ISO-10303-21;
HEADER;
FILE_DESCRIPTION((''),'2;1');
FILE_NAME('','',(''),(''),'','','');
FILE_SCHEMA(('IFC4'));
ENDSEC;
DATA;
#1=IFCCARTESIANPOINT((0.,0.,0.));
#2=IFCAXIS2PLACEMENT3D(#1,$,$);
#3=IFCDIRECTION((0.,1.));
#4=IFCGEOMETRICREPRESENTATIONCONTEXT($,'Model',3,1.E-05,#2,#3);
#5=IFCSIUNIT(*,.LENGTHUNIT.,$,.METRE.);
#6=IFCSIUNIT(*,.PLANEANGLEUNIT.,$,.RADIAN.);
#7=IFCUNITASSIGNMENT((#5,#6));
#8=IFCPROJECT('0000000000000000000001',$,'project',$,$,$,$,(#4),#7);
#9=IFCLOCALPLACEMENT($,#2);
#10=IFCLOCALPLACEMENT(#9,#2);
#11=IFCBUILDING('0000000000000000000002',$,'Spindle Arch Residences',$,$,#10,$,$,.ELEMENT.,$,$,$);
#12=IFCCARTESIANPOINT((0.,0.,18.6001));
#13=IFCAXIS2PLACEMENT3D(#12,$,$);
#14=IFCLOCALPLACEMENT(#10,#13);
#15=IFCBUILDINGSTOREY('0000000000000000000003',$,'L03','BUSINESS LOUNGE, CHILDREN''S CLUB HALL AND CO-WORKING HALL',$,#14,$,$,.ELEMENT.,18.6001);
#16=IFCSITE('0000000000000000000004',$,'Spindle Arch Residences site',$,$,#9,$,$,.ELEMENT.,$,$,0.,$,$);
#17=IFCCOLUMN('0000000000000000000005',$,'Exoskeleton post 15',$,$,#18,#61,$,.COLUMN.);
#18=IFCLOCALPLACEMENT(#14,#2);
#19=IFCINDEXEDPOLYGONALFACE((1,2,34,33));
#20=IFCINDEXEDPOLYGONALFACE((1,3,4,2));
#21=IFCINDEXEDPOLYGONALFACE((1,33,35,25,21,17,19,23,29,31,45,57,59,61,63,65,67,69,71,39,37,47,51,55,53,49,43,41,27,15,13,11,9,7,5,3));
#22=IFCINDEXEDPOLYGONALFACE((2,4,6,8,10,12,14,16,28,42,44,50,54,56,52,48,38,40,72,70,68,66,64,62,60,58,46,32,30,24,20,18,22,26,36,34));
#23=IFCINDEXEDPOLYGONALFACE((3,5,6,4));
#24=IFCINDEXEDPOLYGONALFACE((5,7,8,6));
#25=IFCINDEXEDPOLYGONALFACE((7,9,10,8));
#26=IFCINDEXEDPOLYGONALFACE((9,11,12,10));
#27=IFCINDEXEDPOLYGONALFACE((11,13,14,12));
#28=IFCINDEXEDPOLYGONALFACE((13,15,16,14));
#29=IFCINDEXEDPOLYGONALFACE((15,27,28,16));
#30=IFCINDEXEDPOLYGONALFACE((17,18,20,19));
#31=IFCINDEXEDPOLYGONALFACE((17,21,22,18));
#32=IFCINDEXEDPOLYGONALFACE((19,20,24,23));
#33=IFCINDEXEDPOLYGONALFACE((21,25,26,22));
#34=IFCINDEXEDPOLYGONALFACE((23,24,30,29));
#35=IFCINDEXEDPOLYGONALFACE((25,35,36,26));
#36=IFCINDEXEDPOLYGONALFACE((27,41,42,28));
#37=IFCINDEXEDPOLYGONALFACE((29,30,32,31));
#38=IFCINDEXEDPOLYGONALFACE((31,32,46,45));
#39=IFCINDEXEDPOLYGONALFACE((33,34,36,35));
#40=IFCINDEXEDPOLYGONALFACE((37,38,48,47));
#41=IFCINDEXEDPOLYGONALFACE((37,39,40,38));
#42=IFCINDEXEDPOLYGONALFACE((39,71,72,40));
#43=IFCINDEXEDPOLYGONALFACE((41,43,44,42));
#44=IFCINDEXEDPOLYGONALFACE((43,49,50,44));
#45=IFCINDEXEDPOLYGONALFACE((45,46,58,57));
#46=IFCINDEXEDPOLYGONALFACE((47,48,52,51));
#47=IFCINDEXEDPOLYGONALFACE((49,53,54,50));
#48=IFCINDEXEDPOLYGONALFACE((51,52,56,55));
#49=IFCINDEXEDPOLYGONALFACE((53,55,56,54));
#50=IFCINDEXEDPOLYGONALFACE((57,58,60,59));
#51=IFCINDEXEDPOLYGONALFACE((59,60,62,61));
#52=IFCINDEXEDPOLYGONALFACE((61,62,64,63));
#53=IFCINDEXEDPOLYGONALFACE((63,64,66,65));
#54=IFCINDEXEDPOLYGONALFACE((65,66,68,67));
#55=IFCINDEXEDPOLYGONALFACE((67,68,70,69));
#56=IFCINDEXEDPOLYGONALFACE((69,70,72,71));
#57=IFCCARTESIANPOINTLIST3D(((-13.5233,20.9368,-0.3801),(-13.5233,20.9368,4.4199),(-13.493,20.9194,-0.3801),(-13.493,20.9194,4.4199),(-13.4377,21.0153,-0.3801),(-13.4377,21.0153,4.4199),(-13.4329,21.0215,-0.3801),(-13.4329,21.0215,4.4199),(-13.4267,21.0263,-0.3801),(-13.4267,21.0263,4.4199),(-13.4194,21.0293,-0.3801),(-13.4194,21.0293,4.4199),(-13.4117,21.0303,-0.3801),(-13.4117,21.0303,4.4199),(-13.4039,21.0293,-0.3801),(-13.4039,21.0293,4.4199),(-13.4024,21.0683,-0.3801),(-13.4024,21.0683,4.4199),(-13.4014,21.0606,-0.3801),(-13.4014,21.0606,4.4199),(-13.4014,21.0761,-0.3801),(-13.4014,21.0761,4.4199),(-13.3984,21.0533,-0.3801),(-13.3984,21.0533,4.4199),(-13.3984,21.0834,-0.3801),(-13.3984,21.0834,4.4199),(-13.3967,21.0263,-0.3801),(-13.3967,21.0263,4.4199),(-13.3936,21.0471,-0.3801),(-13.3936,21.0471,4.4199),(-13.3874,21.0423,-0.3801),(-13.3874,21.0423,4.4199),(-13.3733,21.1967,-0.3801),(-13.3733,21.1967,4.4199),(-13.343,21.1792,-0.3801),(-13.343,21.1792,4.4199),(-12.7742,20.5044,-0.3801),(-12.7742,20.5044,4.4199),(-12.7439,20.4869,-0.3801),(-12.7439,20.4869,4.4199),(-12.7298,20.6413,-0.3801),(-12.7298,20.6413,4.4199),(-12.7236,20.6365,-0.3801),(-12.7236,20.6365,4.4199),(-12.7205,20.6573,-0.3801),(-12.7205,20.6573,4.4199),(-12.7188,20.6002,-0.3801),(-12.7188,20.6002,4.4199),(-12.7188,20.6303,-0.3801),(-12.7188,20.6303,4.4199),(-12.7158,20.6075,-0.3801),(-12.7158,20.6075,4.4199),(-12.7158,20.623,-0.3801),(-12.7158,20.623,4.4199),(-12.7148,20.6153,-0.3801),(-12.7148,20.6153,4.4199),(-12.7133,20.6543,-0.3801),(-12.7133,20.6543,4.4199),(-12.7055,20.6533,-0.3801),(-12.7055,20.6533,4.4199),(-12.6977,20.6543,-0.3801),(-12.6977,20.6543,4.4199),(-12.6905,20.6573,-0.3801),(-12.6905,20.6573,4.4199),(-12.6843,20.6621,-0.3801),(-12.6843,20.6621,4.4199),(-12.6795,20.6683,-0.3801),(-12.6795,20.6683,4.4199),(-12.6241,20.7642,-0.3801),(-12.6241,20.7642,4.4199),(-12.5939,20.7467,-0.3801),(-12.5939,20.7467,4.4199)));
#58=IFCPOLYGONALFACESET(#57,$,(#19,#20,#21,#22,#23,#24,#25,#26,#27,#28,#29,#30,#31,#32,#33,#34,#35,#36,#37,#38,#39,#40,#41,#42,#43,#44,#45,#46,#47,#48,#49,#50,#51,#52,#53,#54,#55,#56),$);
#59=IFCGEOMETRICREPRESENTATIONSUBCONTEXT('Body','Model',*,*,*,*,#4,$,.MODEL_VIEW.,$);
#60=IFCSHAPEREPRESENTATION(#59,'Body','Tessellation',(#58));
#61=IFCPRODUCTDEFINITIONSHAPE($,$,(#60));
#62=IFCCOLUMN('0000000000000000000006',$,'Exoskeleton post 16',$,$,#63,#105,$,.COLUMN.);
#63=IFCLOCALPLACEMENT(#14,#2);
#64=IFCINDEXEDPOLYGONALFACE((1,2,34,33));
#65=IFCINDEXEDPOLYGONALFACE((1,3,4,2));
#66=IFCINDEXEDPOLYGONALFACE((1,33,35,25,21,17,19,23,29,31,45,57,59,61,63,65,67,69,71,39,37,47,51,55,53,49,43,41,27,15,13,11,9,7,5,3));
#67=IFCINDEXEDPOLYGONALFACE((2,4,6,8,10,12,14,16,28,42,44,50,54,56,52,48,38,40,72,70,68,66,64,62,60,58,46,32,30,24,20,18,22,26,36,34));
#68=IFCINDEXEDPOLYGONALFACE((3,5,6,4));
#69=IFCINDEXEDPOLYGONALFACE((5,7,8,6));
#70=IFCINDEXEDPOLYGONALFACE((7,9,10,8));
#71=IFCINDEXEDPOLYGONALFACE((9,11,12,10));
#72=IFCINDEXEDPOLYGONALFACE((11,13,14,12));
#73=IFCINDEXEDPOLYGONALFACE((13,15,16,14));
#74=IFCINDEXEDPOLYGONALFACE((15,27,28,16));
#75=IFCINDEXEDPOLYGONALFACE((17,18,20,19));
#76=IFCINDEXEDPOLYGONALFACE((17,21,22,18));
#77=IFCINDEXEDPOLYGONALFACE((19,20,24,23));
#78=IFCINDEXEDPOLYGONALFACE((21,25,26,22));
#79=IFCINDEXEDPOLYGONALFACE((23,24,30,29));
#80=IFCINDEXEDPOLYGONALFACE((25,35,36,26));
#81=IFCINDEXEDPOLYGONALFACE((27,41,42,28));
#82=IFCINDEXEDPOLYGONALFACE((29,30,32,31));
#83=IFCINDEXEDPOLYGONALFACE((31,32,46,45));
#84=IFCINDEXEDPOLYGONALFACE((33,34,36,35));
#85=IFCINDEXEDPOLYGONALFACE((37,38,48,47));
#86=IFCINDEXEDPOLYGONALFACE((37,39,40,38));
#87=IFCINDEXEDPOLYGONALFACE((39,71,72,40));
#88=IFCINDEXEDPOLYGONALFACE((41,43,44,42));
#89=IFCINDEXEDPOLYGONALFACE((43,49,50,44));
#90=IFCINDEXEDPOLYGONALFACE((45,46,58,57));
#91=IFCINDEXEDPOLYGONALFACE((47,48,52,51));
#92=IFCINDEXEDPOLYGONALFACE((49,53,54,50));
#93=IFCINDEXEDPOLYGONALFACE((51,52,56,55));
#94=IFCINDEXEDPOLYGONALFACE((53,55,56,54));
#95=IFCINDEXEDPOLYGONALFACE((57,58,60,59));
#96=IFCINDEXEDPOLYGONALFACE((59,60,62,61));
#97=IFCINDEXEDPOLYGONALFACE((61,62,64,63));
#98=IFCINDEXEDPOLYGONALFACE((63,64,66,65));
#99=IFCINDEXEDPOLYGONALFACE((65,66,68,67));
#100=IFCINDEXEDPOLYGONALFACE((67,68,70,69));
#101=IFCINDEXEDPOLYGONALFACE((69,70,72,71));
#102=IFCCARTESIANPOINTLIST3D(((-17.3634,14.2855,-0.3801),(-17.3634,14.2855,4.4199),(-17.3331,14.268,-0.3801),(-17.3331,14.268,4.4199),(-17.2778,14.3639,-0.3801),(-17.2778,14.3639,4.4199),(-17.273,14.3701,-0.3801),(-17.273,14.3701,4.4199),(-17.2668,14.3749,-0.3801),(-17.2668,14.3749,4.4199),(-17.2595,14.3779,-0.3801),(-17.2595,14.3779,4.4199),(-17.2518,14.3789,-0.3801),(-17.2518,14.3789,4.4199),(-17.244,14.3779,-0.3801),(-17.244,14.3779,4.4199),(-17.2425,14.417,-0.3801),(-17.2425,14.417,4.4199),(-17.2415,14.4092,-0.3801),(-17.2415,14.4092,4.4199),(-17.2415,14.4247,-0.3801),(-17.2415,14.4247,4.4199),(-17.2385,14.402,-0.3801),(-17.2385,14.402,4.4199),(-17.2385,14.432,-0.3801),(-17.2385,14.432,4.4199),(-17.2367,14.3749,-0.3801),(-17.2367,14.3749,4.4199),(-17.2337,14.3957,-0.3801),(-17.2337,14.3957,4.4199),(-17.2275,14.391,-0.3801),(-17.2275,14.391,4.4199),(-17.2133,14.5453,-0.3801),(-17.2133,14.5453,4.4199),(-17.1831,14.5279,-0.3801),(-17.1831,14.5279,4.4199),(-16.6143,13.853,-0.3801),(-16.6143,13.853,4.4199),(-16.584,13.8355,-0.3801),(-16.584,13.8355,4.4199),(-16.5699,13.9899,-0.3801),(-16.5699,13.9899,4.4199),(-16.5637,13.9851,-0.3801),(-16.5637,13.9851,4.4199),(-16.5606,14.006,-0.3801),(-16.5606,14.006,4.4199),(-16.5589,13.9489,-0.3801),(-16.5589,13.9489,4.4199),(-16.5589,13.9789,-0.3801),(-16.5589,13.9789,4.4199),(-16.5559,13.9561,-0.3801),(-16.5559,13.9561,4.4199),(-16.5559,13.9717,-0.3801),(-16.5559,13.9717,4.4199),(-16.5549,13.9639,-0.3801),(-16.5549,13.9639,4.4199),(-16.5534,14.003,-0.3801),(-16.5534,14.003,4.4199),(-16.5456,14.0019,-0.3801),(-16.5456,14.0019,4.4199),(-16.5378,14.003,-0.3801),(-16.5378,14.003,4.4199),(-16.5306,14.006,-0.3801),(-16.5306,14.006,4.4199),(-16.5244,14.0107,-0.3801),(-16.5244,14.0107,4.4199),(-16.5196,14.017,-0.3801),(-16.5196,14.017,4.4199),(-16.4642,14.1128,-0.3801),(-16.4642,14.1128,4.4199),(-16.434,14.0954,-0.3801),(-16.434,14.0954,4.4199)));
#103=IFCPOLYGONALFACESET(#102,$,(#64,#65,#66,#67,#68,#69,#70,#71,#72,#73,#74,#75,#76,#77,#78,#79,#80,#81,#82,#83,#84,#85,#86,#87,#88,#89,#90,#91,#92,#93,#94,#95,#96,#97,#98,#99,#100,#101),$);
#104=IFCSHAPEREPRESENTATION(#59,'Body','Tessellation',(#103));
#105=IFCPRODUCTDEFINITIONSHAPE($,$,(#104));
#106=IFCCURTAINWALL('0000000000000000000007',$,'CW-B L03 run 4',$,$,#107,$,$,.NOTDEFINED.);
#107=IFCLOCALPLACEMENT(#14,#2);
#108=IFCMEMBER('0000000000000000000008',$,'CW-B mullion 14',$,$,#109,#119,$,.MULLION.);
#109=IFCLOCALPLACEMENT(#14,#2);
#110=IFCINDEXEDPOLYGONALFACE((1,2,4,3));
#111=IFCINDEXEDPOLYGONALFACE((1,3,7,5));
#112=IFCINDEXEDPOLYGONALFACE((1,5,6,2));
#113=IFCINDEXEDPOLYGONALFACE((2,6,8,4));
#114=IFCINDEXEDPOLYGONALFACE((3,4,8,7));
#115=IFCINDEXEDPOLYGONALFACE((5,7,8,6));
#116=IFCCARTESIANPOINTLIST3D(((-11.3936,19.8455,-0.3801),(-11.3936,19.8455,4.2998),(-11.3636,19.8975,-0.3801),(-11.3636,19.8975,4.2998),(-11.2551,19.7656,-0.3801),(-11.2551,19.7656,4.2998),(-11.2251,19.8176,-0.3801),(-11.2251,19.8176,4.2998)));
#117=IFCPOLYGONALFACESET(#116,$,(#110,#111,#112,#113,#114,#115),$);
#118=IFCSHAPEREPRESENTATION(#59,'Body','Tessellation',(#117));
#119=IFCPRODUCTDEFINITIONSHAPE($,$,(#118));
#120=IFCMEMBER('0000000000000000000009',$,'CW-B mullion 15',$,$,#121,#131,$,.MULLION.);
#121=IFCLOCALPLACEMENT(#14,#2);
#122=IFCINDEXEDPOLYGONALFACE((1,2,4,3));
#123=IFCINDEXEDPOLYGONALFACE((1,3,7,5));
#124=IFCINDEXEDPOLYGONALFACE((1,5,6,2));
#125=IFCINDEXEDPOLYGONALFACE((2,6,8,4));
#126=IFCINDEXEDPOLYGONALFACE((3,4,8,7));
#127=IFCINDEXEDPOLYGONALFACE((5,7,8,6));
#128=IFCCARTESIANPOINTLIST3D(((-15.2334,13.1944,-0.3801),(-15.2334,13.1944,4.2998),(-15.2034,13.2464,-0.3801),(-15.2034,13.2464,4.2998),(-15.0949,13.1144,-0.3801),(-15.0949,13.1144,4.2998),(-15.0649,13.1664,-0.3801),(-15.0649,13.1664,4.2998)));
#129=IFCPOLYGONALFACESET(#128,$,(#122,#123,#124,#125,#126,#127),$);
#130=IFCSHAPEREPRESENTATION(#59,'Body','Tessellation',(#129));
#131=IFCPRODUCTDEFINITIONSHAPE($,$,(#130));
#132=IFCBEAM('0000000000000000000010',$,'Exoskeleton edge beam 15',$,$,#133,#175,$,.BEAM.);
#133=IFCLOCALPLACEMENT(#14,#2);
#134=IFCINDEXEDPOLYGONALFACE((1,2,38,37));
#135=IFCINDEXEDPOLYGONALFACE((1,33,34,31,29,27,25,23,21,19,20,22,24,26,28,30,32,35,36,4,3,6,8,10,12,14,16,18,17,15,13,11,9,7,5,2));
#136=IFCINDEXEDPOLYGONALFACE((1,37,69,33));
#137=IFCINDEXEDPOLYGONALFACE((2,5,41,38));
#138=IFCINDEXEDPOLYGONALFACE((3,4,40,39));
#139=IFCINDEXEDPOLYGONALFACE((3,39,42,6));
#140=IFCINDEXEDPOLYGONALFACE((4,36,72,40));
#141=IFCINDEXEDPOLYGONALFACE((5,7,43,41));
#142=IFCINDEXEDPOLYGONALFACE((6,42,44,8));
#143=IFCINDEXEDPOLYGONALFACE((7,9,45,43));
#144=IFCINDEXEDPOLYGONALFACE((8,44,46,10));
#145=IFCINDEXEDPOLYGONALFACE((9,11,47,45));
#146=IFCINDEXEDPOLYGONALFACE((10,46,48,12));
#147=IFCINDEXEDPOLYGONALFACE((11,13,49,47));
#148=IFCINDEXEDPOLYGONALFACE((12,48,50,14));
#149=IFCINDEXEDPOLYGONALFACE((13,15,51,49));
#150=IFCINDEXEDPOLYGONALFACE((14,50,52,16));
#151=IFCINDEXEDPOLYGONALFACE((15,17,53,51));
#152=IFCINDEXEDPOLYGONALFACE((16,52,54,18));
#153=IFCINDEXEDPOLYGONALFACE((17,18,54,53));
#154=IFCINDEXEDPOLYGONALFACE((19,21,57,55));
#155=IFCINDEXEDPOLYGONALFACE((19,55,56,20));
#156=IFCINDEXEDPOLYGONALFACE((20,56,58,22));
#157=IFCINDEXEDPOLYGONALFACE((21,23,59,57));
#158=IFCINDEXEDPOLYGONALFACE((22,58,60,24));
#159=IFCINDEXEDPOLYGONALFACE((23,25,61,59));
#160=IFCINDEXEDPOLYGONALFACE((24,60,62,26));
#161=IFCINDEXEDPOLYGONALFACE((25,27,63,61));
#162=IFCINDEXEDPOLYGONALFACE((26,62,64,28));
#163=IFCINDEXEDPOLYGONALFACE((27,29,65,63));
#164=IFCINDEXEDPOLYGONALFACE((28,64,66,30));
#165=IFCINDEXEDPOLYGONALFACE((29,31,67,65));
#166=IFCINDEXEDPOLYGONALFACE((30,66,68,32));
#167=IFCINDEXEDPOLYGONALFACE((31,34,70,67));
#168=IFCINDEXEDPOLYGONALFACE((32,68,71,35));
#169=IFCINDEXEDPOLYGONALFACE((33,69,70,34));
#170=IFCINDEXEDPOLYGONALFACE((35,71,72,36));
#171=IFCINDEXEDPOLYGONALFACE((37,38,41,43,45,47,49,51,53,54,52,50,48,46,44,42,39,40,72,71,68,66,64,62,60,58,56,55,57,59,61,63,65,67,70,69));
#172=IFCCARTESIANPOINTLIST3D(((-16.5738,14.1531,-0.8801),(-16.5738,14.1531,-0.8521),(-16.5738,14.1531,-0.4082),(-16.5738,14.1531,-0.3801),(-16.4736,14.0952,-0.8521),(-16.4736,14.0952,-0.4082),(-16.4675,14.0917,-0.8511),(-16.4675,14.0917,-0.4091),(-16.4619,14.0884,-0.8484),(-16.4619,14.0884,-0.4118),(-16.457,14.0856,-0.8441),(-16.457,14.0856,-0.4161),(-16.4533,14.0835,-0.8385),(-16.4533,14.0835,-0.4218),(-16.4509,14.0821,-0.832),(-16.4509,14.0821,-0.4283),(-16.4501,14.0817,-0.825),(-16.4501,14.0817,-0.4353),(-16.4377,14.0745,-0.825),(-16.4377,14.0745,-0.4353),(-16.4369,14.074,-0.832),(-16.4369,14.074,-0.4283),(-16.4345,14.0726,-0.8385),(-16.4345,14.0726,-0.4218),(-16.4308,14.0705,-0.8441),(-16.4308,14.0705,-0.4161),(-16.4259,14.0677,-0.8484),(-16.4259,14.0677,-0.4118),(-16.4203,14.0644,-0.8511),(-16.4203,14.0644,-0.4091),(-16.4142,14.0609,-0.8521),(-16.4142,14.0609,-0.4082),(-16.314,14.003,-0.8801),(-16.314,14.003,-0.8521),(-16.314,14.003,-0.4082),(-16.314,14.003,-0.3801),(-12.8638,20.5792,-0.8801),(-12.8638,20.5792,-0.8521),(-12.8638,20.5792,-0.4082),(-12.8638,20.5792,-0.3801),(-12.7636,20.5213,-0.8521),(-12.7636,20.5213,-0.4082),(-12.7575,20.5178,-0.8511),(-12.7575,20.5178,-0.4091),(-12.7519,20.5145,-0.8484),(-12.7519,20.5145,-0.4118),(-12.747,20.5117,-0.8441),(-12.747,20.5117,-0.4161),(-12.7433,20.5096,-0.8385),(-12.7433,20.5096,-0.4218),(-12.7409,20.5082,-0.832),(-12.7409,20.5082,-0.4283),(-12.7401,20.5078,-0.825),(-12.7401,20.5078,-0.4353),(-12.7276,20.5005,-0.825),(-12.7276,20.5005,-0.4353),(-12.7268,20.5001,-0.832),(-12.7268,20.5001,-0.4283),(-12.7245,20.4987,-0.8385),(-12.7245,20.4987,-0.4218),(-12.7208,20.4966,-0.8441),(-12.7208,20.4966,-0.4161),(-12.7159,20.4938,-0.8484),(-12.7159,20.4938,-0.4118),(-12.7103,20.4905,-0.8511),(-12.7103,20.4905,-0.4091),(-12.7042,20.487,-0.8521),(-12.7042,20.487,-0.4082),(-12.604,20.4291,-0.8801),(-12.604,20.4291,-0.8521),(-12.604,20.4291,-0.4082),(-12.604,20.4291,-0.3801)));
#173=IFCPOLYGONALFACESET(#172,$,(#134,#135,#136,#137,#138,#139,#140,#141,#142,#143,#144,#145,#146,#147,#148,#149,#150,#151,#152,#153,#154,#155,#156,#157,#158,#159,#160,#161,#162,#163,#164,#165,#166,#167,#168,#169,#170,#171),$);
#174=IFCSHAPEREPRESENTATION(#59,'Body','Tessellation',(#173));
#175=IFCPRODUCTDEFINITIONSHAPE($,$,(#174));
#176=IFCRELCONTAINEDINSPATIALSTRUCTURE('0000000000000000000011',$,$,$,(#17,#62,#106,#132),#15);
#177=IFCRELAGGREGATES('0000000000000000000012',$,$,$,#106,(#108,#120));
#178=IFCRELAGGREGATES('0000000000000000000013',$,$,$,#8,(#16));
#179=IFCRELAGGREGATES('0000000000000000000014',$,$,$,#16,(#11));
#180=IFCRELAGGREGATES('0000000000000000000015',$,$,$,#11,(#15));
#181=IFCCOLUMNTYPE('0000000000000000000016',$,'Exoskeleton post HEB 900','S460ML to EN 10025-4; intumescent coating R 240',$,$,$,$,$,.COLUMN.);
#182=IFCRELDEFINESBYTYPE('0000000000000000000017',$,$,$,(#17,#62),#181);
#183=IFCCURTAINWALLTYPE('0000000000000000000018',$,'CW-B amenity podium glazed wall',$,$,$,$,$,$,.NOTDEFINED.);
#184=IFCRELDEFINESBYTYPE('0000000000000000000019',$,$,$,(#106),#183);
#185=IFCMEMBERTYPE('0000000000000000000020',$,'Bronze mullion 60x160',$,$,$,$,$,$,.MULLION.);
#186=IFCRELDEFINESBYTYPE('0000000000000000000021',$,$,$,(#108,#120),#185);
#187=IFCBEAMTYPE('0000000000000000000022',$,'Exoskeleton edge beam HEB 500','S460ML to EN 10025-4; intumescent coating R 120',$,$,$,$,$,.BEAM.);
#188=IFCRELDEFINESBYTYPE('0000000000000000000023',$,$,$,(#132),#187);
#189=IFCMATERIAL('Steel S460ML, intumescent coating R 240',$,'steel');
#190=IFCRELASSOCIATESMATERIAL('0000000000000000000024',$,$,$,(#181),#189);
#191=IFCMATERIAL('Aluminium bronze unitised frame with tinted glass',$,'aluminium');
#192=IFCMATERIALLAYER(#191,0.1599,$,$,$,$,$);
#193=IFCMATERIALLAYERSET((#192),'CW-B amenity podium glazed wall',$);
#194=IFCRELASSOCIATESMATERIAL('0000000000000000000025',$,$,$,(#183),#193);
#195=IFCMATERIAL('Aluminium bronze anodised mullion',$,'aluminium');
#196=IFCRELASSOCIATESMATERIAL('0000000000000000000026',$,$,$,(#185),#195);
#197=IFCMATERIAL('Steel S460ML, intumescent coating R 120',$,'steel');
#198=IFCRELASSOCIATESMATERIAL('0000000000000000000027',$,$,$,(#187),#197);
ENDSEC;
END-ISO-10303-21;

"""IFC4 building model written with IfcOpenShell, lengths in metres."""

from ifc_helpers import new_model, si_unit, direction, frame, origin, origin_2d, place, context, subcontext, project, spatial, rectangle, i_section, extrude, material, layer, layer_set, material_profile, profile_set, type_object, element, aggregate, save


model = new_model("IFC4")

# Units and contexts
model_context = context("Model", 3, precision=1e-05, world=origin(), true_north=direction((0.0, 1.0)))
body_context = subcontext(model_context, "Body", "Model", "MODEL_VIEW")
ifc_project = project(units=[si_unit("LENGTHUNIT", "METRE"), si_unit("PLANEANGLEUNIT", "RADIAN")], contexts=[model_context])

# Site, building, storey
site_placement = place(None, origin())
site = spatial("IfcSite", under=ifc_project, at=site_placement, Name="Spindle Arch Residences site", CompositionType="ELEMENT", RefElevation=0.0)
building_placement = place(site_placement, origin())
building = spatial("IfcBuilding", under=site, at=building_placement, Name="Spindle Arch Residences", CompositionType="ELEMENT")
storey_placement = place(building_placement, frame((0.0, 0.0, 18.6001)))
storey = spatial("IfcBuildingStorey", under=building, at=storey_placement, Name="L03", Description="BUSINESS LOUNGE, CHILDREN'S CLUB HALL AND CO-WORKING HALL", CompositionType="ELEMENT", Elevation=18.6001)

# Columns
ifc_material_1 = material(Name="Steel S460ML, intumescent coating R 240", Category="steel")
ifc_material_profile_1 = material_profile(ifc_material_1, i_section(OverallWidth=0.3, OverallDepth=0.8999, WebThickness=0.0186, FlangeThickness=0.0349, FilletRadius=0.03, at=origin_2d()), Name="HEB 900")
ifc_profile_set_1 = profile_set([ifc_material_profile_1], Name="Steel S460ML, intumescent coating R 240")
column_type = type_object("IfcColumnType", Name="Exoskeleton post HEB 900", Description="S460ML to EN 10025-4; intumescent coating R 240", PredefinedType="COLUMN", material=ifc_profile_set_1)
for number, where, z_axis, x_axis, name in (
    (1, (-13.0586, 20.8418, -0.3801), (0.0, 0.0, 1.0), (0.5, 0.866025, 0.0), "Exoskeleton post 15"),
    (2, (-16.8987, 14.1904, -0.3801), (0.0, 0.0, 1.0), (0.5, 0.866025, 0.0), "Exoskeleton post 16"),
):
    element("IfcColumn", number, at=place(storey_placement, frame(where, z_axis=z_axis, x_axis=x_axis)), inside=storey, type_object=column_type, Name=name, PredefinedType="COLUMN", context=body_context, shape_type="SweptSolid", body=[
        extrude(i_section(OverallWidth=0.3, OverallDepth=0.8999, WebThickness=0.0186, FlangeThickness=0.0349, FilletRadius=0.03, at=origin_2d()), origin(), (0.0, 0.0, 1.0), 4.8),
    ])

# Curtain wall, members
ifc_material_2 = material(Name="Aluminium bronze unitised frame with tinted glass", Category="aluminium")
ifc_layer_1 = layer(ifc_material_2, 0.1599)
ifc_layer_set_1 = layer_set([ifc_layer_1], Name="CW-B amenity podium glazed wall")
curtain_wall_type = type_object("IfcCurtainWallType", Name="CW-B amenity podium glazed wall", PredefinedType="NOTDEFINED", material=ifc_layer_set_1)
curtain_wall_placement = place(storey_placement, origin())
curtain_wall = element("IfcCurtainWall", 3, at=curtain_wall_placement, inside=storey, type_object=curtain_wall_type, Name="CW-B L03 run 4", PredefinedType="NOTDEFINED")
ifc_material_3 = material(Name="Aluminium bronze anodised mullion", Category="aluminium")
ifc_material_profile_2 = material_profile(ifc_material_3, rectangle(XDim=0.1599, YDim=0.0601, at=origin_2d()), Name="MU 60x160")
ifc_profile_set_2 = profile_set([ifc_material_profile_2], Name="Aluminium bronze anodised mullion")
member_type = type_object("IfcMemberType", Name="Bronze mullion 60x160", PredefinedType="MULLION", material=ifc_profile_set_2)
member_1_placement = place(storey_placement, frame((-11.3093, 19.8315, -0.3801), z_axis=(0.0, 0.0, 1.0), x_axis=(0.866025, -0.5, 0.0)))
member_1 = element("IfcMember", 4, at=member_1_placement, type_object=member_type, Name="CW-B mullion 14", PredefinedType="MULLION", context=body_context, shape_type="SweptSolid", body=[
    extrude(rectangle(XDim=0.1599, YDim=0.0601, at=origin_2d()), origin(), (0.0, 0.0, 1.0), 4.6799),
])
member_2_placement = place(storey_placement, frame((-15.1492, 13.1804, -0.3801), z_axis=(0.0, 0.0, 1.0), x_axis=(0.866025, -0.5, 0.0)))
member_2 = element("IfcMember", 5, at=member_2_placement, type_object=member_type, Name="CW-B mullion 15", PredefinedType="MULLION", context=body_context, shape_type="SweptSolid", body=[
    extrude(rectangle(XDim=0.1599, YDim=0.0601, at=origin_2d()), origin(), (0.0, 0.0, 1.0), 4.6799),
])

# Beam
ifc_material_4 = material(Name="Steel S460ML, intumescent coating R 120", Category="steel")
ifc_material_profile_3 = material_profile(ifc_material_4, i_section(OverallWidth=0.3, OverallDepth=0.5, WebThickness=0.0144, FlangeThickness=0.0281, FilletRadius=0.0271, at=origin_2d()), Name="HEB 500")
ifc_profile_set_3 = profile_set([ifc_material_profile_3], Name="Steel S460ML, intumescent coating R 120")
beam_type_1 = type_object("IfcBeamType", Name="Exoskeleton edge beam HEB 500", Description="S460ML to EN 10025-4; intumescent coating R 120", PredefinedType="BEAM", material=ifc_profile_set_3)
beam_1_placement = place(storey_placement, frame((-12.7339, 20.5042, -0.6301), z_axis=(-0.499989, -0.866032, 0.0), x_axis=(0.866032, -0.499989, 0.0)))
element("IfcBeam", 6, at=beam_1_placement, inside=storey, type_object=beam_type_1, Name="Exoskeleton edge beam 15", PredefinedType="BEAM", context=body_context, shape_type="SweptSolid", body=[
    extrude(i_section(OverallWidth=0.3, OverallDepth=0.5, WebThickness=0.0144, FlangeThickness=0.0281, FilletRadius=0.0271, at=origin_2d()), origin(), (0.0, 0.0, 1.0), 7.4202),
])

aggregate(curtain_wall, [member_1, member_2])

save(model, "model.ifc")
